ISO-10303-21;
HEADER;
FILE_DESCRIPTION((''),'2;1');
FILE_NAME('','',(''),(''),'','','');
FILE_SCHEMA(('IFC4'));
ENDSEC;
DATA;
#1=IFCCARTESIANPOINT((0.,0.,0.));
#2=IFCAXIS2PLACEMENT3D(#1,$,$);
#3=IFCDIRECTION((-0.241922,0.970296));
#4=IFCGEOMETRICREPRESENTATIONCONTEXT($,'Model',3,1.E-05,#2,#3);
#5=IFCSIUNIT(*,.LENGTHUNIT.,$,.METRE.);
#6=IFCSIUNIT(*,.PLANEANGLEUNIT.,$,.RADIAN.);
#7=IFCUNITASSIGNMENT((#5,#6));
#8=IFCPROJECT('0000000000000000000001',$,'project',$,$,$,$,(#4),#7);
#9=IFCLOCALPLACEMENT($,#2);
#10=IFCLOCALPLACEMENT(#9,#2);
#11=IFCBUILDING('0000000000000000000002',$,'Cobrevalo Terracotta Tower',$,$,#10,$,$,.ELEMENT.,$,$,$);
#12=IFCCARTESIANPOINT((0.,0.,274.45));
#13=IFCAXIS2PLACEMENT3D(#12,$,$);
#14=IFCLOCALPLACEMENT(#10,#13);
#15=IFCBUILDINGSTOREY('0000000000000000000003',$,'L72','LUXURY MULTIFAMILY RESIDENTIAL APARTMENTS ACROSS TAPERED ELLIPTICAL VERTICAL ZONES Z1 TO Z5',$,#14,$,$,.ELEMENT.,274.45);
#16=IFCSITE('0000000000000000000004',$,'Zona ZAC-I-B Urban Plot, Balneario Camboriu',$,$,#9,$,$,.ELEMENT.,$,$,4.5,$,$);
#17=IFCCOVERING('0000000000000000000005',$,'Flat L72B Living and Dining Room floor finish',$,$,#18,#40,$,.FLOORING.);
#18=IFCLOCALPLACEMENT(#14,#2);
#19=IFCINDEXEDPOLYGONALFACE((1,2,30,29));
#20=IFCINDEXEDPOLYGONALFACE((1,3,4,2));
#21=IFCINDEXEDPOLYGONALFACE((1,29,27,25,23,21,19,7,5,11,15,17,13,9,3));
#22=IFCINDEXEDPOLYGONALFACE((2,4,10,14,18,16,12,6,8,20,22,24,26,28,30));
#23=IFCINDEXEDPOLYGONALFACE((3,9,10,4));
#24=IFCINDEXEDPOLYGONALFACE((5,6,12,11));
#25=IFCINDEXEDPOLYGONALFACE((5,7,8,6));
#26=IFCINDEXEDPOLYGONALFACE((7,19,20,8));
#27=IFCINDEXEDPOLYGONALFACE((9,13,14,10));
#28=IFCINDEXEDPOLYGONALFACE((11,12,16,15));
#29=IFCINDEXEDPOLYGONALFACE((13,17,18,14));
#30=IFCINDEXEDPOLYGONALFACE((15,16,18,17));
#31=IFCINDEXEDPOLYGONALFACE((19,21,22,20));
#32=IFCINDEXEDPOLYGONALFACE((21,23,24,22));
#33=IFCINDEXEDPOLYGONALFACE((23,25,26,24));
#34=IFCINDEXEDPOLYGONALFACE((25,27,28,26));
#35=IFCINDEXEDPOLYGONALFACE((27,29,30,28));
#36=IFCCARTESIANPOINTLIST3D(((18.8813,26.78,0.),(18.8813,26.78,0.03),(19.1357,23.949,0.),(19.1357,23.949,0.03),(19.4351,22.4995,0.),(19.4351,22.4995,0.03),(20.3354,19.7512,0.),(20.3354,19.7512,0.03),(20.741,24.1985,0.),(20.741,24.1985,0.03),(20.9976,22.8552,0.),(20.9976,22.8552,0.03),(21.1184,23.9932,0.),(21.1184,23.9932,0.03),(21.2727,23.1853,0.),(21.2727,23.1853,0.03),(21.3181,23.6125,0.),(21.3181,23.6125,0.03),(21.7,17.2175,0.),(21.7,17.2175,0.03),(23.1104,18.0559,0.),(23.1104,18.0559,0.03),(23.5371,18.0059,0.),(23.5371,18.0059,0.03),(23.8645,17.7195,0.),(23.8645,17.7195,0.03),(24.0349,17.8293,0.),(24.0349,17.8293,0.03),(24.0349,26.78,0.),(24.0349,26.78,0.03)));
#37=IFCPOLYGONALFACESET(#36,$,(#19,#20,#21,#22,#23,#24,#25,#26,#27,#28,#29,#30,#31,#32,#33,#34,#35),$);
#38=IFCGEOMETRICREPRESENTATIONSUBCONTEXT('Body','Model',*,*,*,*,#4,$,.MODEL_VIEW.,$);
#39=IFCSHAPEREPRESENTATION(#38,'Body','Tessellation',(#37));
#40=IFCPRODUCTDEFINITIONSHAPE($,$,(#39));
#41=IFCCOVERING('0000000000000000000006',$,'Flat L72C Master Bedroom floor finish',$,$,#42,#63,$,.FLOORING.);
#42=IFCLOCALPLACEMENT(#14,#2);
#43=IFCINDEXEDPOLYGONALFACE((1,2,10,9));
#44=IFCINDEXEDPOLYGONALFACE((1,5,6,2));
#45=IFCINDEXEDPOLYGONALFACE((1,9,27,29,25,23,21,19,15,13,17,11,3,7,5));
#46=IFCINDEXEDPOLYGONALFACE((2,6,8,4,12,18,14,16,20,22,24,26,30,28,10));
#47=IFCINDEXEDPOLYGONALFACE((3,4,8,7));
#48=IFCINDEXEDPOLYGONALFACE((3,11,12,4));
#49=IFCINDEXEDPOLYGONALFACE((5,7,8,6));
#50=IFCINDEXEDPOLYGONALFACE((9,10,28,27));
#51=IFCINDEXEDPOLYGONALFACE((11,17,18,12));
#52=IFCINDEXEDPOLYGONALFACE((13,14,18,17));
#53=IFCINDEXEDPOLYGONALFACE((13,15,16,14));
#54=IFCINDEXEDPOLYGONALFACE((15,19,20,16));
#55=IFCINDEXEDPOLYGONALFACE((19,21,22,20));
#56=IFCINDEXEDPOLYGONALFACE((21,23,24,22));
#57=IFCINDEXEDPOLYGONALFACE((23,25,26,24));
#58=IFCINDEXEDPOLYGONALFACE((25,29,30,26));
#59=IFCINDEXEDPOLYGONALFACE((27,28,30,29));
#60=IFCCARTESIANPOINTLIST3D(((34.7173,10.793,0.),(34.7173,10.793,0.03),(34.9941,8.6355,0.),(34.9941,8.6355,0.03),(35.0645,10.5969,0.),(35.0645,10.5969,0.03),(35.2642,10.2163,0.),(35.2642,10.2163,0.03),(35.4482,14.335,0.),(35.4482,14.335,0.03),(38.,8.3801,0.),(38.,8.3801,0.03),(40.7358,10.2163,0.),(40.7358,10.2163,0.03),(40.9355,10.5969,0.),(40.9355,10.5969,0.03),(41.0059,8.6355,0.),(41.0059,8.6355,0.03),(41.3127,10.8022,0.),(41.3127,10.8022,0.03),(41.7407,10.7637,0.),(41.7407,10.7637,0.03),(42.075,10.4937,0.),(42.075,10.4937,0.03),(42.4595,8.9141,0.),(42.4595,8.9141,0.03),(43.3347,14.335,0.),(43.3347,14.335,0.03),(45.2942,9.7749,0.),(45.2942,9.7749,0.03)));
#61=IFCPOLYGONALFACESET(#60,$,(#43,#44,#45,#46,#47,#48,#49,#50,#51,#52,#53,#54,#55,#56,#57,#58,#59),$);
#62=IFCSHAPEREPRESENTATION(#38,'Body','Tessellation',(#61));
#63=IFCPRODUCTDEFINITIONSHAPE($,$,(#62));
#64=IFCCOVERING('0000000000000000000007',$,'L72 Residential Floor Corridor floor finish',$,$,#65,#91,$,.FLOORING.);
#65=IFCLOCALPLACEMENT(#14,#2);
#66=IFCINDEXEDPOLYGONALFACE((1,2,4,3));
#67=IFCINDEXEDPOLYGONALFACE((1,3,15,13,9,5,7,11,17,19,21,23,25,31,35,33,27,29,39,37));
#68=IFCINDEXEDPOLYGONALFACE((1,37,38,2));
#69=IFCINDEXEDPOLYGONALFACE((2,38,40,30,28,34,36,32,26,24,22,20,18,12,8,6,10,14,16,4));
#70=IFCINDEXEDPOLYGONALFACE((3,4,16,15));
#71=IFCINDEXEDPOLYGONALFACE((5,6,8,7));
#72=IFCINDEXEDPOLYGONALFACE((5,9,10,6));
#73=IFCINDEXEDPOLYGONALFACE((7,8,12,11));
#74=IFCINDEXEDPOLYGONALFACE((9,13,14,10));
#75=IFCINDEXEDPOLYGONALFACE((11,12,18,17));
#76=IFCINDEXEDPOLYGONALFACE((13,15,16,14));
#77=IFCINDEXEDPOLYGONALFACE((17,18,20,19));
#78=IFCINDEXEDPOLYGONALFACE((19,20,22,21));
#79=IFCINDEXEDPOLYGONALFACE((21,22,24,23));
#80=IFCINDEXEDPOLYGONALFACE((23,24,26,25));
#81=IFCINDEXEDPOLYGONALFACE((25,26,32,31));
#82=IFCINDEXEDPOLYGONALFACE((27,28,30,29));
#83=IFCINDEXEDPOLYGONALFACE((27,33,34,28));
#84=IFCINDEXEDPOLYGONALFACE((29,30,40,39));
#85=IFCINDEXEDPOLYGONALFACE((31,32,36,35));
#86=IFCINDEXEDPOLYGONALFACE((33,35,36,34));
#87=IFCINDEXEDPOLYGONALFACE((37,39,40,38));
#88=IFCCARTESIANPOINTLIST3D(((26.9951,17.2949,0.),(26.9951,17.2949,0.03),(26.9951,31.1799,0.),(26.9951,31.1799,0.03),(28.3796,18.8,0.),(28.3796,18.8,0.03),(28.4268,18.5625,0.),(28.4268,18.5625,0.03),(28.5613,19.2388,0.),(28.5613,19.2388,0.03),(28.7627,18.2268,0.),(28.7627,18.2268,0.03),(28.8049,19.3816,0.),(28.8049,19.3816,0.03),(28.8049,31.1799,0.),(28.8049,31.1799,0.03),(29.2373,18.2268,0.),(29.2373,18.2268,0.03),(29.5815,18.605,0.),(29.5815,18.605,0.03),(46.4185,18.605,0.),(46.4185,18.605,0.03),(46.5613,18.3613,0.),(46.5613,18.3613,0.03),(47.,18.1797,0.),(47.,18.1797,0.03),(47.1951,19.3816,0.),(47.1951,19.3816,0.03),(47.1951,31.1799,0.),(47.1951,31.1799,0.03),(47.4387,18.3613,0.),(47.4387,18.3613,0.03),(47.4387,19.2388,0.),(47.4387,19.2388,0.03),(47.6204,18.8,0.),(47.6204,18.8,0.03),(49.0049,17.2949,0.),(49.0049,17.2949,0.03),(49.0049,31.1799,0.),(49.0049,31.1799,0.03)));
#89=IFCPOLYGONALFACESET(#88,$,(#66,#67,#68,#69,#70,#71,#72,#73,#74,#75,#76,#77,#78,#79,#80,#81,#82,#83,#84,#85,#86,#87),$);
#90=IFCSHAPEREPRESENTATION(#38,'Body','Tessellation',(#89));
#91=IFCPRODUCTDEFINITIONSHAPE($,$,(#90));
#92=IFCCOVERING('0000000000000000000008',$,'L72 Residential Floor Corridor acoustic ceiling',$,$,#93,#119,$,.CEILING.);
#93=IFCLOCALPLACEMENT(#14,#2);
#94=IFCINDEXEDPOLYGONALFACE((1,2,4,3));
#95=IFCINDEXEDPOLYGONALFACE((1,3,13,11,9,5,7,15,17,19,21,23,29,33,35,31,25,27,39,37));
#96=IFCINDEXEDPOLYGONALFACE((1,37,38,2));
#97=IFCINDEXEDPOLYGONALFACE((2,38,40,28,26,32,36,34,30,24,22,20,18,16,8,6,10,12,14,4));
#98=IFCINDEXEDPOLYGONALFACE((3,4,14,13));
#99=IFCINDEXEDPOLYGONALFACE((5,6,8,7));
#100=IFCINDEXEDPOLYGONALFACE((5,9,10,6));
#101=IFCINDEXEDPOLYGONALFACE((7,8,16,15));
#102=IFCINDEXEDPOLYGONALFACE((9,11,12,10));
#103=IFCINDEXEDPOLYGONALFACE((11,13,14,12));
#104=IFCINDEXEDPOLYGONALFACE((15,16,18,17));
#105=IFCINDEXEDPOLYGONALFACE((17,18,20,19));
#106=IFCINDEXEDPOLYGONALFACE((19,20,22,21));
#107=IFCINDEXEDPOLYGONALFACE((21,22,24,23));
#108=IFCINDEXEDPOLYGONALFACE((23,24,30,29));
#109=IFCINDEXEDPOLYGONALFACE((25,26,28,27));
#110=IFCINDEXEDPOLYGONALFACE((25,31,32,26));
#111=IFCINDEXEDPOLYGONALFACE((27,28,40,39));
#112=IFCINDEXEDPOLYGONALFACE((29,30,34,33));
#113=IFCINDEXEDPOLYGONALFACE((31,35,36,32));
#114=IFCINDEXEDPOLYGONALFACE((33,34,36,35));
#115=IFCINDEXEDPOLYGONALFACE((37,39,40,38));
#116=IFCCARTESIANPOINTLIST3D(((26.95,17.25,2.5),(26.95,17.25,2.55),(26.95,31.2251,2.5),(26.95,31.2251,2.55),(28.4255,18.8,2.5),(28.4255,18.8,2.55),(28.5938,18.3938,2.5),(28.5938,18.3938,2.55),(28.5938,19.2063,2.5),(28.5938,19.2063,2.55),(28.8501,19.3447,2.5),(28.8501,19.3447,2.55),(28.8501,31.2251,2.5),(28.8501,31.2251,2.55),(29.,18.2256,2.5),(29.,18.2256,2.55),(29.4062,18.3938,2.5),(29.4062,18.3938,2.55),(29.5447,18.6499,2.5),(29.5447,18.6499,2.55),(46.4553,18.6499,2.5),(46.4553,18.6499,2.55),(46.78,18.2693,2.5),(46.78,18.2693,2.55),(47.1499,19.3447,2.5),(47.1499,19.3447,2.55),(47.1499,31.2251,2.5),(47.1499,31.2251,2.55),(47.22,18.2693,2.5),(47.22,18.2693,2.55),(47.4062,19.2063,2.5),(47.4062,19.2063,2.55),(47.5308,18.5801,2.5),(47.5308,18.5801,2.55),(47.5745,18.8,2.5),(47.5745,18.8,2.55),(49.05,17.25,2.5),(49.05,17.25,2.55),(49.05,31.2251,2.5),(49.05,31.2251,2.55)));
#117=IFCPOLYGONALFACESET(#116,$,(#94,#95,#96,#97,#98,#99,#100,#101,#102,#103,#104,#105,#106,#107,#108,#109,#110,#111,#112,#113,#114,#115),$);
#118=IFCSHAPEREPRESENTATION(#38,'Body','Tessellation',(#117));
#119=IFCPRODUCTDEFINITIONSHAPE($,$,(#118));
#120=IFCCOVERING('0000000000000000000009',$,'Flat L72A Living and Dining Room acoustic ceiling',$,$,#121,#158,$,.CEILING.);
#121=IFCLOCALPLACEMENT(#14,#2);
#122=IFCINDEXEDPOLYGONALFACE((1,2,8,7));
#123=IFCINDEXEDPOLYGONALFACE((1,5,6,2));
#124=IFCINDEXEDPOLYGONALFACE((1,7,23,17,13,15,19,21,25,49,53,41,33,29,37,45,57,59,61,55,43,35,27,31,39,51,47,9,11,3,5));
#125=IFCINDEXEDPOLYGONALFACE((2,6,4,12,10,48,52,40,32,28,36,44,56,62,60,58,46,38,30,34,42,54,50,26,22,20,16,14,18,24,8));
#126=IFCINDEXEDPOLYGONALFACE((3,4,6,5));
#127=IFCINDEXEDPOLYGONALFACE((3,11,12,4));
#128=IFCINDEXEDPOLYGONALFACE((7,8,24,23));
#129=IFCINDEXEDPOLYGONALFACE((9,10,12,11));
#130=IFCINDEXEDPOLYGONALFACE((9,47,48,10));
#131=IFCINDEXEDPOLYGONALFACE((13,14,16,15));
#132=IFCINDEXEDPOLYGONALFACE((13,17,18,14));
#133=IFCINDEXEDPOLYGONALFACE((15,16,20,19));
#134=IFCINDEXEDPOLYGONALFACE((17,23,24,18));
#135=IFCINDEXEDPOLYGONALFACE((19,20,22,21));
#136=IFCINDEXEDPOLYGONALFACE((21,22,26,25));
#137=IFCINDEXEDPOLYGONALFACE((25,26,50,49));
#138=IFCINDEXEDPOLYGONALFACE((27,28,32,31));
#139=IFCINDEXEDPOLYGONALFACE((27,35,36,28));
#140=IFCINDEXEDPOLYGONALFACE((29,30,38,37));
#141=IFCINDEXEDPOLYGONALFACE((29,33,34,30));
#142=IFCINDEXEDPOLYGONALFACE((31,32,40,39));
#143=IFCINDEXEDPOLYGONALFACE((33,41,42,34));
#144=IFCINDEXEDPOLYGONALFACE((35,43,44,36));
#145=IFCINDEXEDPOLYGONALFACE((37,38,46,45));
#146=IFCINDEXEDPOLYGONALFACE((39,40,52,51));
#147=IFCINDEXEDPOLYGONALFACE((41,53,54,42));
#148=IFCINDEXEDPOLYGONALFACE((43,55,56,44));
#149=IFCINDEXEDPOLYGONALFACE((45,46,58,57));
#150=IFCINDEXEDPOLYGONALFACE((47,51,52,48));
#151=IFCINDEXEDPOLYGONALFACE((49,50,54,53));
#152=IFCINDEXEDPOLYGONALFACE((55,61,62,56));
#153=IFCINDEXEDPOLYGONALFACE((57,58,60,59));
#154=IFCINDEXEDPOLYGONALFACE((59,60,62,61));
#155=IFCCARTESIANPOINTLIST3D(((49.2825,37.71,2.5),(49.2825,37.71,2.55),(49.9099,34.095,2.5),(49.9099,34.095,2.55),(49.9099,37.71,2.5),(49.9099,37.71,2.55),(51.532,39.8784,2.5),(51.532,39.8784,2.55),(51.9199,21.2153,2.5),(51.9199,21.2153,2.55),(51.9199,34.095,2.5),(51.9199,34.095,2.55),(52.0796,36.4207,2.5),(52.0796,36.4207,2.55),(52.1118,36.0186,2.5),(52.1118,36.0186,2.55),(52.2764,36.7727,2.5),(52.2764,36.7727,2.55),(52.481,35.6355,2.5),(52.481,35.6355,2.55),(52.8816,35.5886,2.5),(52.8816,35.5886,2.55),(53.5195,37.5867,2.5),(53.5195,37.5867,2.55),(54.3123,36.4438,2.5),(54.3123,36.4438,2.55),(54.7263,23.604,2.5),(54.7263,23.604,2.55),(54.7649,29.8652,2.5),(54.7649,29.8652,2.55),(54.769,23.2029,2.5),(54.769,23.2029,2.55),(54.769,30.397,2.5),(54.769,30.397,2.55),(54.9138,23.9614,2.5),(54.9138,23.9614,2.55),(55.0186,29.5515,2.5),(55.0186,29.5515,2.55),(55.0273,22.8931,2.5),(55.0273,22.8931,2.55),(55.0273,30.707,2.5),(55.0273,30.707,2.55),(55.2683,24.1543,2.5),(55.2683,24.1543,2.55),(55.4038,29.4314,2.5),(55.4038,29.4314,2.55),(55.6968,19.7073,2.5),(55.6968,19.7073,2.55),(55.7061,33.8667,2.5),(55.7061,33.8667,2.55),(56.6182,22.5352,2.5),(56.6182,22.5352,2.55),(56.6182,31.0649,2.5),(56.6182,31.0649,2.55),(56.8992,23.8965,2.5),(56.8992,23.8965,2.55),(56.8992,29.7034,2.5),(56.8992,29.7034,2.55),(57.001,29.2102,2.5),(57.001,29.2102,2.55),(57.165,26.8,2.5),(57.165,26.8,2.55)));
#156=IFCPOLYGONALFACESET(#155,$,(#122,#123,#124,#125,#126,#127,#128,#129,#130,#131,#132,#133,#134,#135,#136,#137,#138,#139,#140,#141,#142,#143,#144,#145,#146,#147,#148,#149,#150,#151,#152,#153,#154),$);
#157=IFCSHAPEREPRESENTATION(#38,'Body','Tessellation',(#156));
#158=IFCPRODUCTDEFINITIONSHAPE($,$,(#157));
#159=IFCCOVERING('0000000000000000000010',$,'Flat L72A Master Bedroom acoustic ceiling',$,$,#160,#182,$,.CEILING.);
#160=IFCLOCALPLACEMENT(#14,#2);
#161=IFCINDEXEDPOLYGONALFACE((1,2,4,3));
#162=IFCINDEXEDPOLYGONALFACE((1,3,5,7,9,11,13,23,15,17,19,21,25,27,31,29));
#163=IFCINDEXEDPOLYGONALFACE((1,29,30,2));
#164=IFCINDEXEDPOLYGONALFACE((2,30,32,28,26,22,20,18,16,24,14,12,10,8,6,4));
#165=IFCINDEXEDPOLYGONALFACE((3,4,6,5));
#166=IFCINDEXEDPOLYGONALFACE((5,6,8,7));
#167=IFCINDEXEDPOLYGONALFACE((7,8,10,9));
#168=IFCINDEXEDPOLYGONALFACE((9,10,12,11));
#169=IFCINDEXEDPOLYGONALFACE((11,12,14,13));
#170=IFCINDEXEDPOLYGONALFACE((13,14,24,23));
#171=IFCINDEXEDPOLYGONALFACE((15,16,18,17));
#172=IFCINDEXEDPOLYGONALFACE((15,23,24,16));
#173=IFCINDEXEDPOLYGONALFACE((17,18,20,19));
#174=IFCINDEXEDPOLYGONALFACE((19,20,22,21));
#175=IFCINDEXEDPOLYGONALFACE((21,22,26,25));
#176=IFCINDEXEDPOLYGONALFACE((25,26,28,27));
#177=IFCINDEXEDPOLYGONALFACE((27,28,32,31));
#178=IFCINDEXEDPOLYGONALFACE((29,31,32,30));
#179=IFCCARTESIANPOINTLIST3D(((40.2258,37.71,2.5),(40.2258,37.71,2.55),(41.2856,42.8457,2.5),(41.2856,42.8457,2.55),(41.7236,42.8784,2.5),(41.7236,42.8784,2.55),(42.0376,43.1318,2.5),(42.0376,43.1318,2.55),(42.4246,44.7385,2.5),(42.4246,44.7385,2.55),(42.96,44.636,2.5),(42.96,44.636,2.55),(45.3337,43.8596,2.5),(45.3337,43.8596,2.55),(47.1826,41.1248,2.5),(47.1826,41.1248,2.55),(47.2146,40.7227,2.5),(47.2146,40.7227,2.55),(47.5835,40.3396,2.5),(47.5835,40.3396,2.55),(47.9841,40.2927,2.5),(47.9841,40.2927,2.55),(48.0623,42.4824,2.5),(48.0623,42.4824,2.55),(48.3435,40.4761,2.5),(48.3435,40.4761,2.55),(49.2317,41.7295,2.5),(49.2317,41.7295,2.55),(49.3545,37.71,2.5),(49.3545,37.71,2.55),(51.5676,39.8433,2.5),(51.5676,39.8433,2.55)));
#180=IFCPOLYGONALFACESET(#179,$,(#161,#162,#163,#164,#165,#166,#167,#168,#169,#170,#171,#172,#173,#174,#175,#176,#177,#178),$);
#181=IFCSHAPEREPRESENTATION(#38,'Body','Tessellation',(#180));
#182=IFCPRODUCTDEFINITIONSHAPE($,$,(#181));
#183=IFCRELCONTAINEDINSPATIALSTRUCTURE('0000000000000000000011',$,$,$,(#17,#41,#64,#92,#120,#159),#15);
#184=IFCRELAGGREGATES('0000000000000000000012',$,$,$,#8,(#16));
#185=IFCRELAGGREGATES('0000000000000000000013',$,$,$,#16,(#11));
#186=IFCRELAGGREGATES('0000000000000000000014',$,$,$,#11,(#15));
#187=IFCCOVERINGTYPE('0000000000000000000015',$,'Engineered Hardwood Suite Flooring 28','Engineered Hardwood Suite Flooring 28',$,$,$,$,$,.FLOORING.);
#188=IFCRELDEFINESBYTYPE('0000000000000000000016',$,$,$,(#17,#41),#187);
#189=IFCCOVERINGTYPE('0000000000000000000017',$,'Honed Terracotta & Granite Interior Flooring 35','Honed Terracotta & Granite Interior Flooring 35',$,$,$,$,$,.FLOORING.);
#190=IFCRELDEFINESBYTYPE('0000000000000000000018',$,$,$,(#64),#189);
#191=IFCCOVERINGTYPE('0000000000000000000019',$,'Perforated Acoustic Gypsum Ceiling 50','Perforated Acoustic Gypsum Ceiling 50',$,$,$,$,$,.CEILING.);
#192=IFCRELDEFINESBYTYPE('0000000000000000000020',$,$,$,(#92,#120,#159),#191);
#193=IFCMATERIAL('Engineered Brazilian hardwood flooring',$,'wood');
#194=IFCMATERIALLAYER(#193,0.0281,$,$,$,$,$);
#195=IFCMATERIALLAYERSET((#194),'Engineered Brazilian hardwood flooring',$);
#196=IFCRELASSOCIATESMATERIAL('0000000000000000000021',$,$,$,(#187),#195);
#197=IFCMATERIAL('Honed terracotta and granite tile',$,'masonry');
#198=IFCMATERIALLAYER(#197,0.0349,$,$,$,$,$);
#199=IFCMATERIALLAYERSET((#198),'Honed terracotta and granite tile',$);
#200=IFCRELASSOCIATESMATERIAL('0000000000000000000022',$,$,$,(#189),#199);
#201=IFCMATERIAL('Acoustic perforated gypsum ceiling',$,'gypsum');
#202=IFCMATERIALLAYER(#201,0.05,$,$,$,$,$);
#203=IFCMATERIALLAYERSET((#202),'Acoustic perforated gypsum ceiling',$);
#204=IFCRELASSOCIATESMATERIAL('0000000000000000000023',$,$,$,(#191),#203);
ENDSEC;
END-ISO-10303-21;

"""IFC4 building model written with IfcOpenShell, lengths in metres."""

from ifc_helpers import new_model, si_unit, direction, frame, origin, place, context, subcontext, project, spatial, polyline, outline, extrude, material, layer, layer_set, type_object, element, save


model = new_model("IFC4")

# Units and contexts
model_context = context("Model", 3, precision=1e-05, world=origin(), true_north=direction((-0.241922, 0.970296)))
body_context = subcontext(model_context, "Body", "Model", "MODEL_VIEW")
ifc_project = project(units=[si_unit("LENGTHUNIT", "METRE"), si_unit("PLANEANGLEUNIT", "RADIAN")], contexts=[model_context])

# Site, building, storey
site_placement = place(None, origin())
site = spatial("IfcSite", under=ifc_project, at=site_placement, Name="Zona ZAC-I-B Urban Plot, Balneario Camboriu", CompositionType="ELEMENT", RefElevation=4.5)
building_placement = place(site_placement, origin())
building = spatial("IfcBuilding", under=site, at=building_placement, Name="Cobrevalo Terracotta Tower", CompositionType="ELEMENT")
storey_placement = place(building_placement, frame((0.0, 0.0, 274.45)))
storey = spatial("IfcBuildingStorey", under=building, at=storey_placement, Name="L72", Description="LUXURY MULTIFAMILY RESIDENTIAL APARTMENTS ACROSS TAPERED ELLIPTICAL VERTICAL ZONES Z1 TO Z5", CompositionType="ELEMENT", Elevation=274.45)

# Coverings
ifc_material_1 = material(Name="Engineered Brazilian hardwood flooring", Category="wood")
ifc_layer_1 = layer(ifc_material_1, 0.0281)
ifc_layer_set_1 = layer_set([ifc_layer_1], Name="Engineered Brazilian hardwood flooring")
covering_type_1 = type_object("IfcCoveringType", Name="Engineered Hardwood Suite Flooring 28", Description="Engineered Hardwood Suite Flooring 28", PredefinedType="FLOORING", material=ifc_layer_set_1)
covering_1_placement = place(storey_placement, origin())
element("IfcCovering", 1, at=covering_1_placement, inside=storey, type_object=covering_type_1, Name="Flat L72B Living and Dining Room floor finish", PredefinedType="FLOORING", context=body_context, shape_type="SweptSolid", body=[
    extrude(outline(polyline([(20.3354, 19.7512), (19.4351, 22.4995), (20.9976, 22.8552), (21.2727, 23.1853), (21.3181, 23.6125), (21.1184, 23.9932), (20.741, 24.1985), (19.1357, 23.949), (18.8813, 26.78), (24.0349, 26.78), (24.0349, 17.8293), (23.8645, 17.7195), (23.5371, 18.0059), (23.1104, 18.0559), (21.7, 17.2175), (20.3354, 19.7512)])), origin(), (0.0, 0.0, 1.0), 0.03),
])
covering_2_placement = place(storey_placement, origin())
element("IfcCovering", 2, at=covering_2_placement, inside=storey, type_object=covering_type_1, Name="Flat L72C Master Bedroom floor finish", PredefinedType="FLOORING", context=body_context, shape_type="SweptSolid", body=[
    extrude(outline(polyline([(38.0, 8.3801), (34.9941, 8.6355), (35.2642, 10.2163), (35.0645, 10.5969), (34.7173, 10.793), (35.4482, 14.335), (43.3347, 14.335), (45.2942, 9.7749), (42.4595, 8.9141), (42.075, 10.4937), (41.7407, 10.7637), (41.3127, 10.8022), (40.9355, 10.5969), (40.7358, 10.2163), (41.0059, 8.6355), (38.0, 8.3801)])), origin(), (0.0, 0.0, 1.0), 0.03),
])
ifc_material_2 = material(Name="Honed terracotta and granite tile", Category="masonry")
ifc_layer_2 = layer(ifc_material_2, 0.0349)
ifc_layer_set_2 = layer_set([ifc_layer_2], Name="Honed terracotta and granite tile")
covering_type_2 = type_object("IfcCoveringType", Name="Honed Terracotta & Granite Interior Flooring 35", Description="Honed Terracotta & Granite Interior Flooring 35", PredefinedType="FLOORING", material=ifc_layer_set_2)
covering_3_placement = place(storey_placement, origin())
element("IfcCovering", 3, at=covering_3_placement, inside=storey, type_object=covering_type_2, Name="L72 Residential Floor Corridor floor finish", PredefinedType="FLOORING", context=body_context, shape_type="SweptSolid", body=[
    extrude(outline(polyline([(26.9951, 31.1799), (28.8049, 31.1799), (28.8049, 19.3816), (28.5613, 19.2388), (28.3796, 18.8), (28.4268, 18.5625), (28.7627, 18.2268), (29.2373, 18.2268), (29.5815, 18.605), (46.4185, 18.605), (46.5613, 18.3613), (47.0, 18.1797), (47.4387, 18.3613), (47.6204, 18.8), (47.4387, 19.2388), (47.1951, 19.3816), (47.1951, 31.1799), (49.0049, 31.1799), (49.0049, 17.2949), (26.9951, 17.2949), (26.9951, 31.1799)])), origin(), (0.0, 0.0, 1.0), 0.03),
])
ifc_material_3 = material(Name="Acoustic perforated gypsum ceiling", Category="gypsum")
ifc_layer_3 = layer(ifc_material_3, 0.05)
ifc_layer_set_3 = layer_set([ifc_layer_3], Name="Acoustic perforated gypsum ceiling")
covering_type_3 = type_object("IfcCoveringType", Name="Perforated Acoustic Gypsum Ceiling 50", Description="Perforated Acoustic Gypsum Ceiling 50", PredefinedType="CEILING", material=ifc_layer_set_3)
covering_4_placement = place(storey_placement, frame((0.0, 0.0, 2.5)))
element("IfcCovering", 4, at=covering_4_placement, inside=storey, type_object=covering_type_3, Name="L72 Residential Floor Corridor acoustic ceiling", PredefinedType="CEILING", context=body_context, shape_type="SweptSolid", body=[
    extrude(outline(polyline([(26.95, 31.2251), (28.8501, 31.2251), (28.8501, 19.3447), (28.5938, 19.2063), (28.4255, 18.8), (28.5938, 18.3938), (29.0, 18.2256), (29.4062, 18.3938), (29.5447, 18.6499), (46.4553, 18.6499), (46.78, 18.2693), (47.22, 18.2693), (47.5308, 18.5801), (47.5745, 18.8), (47.4062, 19.2063), (47.1499, 19.3447), (47.1499, 31.2251), (49.05, 31.2251), (49.05, 17.25), (26.95, 17.25), (26.95, 31.2251)])), origin(), (0.0, 0.0, 1.0), 0.05),
])
covering_5_placement = place(storey_placement, frame((0.0, 0.0, 2.5)))
element("IfcCovering", 5, at=covering_5_placement, inside=storey, type_object=covering_type_3, Name="Flat L72A Living and Dining Room acoustic ceiling", PredefinedType="CEILING", context=body_context, shape_type="SweptSolid", body=[
    extrude(outline(polyline([(51.532, 39.8784), (53.5195, 37.5867), (52.2764, 36.7727), (52.0796, 36.4207), (52.1118, 36.0186), (52.481, 35.6355), (52.8816, 35.5886), (54.3123, 36.4438), (55.7061, 33.8667), (56.6182, 31.0649), (55.0273, 30.707), (54.769, 30.397), (54.7649, 29.8652), (55.0186, 29.5515), (55.4038, 29.4314), (56.8992, 29.7034), (57.001, 29.2102), (57.165, 26.8), (56.8992, 23.8965), (55.2683, 24.1543), (54.9138, 23.9614), (54.7263, 23.604), (54.769, 23.2029), (55.0273, 22.8931), (56.6182, 22.5352), (55.6968, 19.7073), (51.9199, 21.2153), (51.9199, 34.095), (49.9099, 34.095), (49.9099, 37.71), (49.2825, 37.71), (51.532, 39.8784)])), origin(), (0.0, 0.0, 1.0), 0.05),
])
covering_6_placement = place(storey_placement, frame((0.0, 0.0, 2.5)))
element("IfcCovering", 6, at=covering_6_placement, inside=storey, type_object=covering_type_3, Name="Flat L72A Master Bedroom acoustic ceiling", PredefinedType="CEILING", context=body_context, shape_type="SweptSolid", body=[
    extrude(outline(polyline([(41.2856, 42.8457), (41.7236, 42.8784), (42.0376, 43.1318), (42.4246, 44.7385), (42.96, 44.636), (45.3337, 43.8596), (48.0623, 42.4824), (47.1826, 41.1248), (47.2146, 40.7227), (47.5835, 40.3396), (47.9841, 40.2927), (48.3435, 40.4761), (49.2317, 41.7295), (51.5676, 39.8433), (49.3545, 37.71), (40.2258, 37.71), (41.2856, 42.8457)])), origin(), (0.0, 0.0, 1.0), 0.05),
])

save(model, "model.ifc")
